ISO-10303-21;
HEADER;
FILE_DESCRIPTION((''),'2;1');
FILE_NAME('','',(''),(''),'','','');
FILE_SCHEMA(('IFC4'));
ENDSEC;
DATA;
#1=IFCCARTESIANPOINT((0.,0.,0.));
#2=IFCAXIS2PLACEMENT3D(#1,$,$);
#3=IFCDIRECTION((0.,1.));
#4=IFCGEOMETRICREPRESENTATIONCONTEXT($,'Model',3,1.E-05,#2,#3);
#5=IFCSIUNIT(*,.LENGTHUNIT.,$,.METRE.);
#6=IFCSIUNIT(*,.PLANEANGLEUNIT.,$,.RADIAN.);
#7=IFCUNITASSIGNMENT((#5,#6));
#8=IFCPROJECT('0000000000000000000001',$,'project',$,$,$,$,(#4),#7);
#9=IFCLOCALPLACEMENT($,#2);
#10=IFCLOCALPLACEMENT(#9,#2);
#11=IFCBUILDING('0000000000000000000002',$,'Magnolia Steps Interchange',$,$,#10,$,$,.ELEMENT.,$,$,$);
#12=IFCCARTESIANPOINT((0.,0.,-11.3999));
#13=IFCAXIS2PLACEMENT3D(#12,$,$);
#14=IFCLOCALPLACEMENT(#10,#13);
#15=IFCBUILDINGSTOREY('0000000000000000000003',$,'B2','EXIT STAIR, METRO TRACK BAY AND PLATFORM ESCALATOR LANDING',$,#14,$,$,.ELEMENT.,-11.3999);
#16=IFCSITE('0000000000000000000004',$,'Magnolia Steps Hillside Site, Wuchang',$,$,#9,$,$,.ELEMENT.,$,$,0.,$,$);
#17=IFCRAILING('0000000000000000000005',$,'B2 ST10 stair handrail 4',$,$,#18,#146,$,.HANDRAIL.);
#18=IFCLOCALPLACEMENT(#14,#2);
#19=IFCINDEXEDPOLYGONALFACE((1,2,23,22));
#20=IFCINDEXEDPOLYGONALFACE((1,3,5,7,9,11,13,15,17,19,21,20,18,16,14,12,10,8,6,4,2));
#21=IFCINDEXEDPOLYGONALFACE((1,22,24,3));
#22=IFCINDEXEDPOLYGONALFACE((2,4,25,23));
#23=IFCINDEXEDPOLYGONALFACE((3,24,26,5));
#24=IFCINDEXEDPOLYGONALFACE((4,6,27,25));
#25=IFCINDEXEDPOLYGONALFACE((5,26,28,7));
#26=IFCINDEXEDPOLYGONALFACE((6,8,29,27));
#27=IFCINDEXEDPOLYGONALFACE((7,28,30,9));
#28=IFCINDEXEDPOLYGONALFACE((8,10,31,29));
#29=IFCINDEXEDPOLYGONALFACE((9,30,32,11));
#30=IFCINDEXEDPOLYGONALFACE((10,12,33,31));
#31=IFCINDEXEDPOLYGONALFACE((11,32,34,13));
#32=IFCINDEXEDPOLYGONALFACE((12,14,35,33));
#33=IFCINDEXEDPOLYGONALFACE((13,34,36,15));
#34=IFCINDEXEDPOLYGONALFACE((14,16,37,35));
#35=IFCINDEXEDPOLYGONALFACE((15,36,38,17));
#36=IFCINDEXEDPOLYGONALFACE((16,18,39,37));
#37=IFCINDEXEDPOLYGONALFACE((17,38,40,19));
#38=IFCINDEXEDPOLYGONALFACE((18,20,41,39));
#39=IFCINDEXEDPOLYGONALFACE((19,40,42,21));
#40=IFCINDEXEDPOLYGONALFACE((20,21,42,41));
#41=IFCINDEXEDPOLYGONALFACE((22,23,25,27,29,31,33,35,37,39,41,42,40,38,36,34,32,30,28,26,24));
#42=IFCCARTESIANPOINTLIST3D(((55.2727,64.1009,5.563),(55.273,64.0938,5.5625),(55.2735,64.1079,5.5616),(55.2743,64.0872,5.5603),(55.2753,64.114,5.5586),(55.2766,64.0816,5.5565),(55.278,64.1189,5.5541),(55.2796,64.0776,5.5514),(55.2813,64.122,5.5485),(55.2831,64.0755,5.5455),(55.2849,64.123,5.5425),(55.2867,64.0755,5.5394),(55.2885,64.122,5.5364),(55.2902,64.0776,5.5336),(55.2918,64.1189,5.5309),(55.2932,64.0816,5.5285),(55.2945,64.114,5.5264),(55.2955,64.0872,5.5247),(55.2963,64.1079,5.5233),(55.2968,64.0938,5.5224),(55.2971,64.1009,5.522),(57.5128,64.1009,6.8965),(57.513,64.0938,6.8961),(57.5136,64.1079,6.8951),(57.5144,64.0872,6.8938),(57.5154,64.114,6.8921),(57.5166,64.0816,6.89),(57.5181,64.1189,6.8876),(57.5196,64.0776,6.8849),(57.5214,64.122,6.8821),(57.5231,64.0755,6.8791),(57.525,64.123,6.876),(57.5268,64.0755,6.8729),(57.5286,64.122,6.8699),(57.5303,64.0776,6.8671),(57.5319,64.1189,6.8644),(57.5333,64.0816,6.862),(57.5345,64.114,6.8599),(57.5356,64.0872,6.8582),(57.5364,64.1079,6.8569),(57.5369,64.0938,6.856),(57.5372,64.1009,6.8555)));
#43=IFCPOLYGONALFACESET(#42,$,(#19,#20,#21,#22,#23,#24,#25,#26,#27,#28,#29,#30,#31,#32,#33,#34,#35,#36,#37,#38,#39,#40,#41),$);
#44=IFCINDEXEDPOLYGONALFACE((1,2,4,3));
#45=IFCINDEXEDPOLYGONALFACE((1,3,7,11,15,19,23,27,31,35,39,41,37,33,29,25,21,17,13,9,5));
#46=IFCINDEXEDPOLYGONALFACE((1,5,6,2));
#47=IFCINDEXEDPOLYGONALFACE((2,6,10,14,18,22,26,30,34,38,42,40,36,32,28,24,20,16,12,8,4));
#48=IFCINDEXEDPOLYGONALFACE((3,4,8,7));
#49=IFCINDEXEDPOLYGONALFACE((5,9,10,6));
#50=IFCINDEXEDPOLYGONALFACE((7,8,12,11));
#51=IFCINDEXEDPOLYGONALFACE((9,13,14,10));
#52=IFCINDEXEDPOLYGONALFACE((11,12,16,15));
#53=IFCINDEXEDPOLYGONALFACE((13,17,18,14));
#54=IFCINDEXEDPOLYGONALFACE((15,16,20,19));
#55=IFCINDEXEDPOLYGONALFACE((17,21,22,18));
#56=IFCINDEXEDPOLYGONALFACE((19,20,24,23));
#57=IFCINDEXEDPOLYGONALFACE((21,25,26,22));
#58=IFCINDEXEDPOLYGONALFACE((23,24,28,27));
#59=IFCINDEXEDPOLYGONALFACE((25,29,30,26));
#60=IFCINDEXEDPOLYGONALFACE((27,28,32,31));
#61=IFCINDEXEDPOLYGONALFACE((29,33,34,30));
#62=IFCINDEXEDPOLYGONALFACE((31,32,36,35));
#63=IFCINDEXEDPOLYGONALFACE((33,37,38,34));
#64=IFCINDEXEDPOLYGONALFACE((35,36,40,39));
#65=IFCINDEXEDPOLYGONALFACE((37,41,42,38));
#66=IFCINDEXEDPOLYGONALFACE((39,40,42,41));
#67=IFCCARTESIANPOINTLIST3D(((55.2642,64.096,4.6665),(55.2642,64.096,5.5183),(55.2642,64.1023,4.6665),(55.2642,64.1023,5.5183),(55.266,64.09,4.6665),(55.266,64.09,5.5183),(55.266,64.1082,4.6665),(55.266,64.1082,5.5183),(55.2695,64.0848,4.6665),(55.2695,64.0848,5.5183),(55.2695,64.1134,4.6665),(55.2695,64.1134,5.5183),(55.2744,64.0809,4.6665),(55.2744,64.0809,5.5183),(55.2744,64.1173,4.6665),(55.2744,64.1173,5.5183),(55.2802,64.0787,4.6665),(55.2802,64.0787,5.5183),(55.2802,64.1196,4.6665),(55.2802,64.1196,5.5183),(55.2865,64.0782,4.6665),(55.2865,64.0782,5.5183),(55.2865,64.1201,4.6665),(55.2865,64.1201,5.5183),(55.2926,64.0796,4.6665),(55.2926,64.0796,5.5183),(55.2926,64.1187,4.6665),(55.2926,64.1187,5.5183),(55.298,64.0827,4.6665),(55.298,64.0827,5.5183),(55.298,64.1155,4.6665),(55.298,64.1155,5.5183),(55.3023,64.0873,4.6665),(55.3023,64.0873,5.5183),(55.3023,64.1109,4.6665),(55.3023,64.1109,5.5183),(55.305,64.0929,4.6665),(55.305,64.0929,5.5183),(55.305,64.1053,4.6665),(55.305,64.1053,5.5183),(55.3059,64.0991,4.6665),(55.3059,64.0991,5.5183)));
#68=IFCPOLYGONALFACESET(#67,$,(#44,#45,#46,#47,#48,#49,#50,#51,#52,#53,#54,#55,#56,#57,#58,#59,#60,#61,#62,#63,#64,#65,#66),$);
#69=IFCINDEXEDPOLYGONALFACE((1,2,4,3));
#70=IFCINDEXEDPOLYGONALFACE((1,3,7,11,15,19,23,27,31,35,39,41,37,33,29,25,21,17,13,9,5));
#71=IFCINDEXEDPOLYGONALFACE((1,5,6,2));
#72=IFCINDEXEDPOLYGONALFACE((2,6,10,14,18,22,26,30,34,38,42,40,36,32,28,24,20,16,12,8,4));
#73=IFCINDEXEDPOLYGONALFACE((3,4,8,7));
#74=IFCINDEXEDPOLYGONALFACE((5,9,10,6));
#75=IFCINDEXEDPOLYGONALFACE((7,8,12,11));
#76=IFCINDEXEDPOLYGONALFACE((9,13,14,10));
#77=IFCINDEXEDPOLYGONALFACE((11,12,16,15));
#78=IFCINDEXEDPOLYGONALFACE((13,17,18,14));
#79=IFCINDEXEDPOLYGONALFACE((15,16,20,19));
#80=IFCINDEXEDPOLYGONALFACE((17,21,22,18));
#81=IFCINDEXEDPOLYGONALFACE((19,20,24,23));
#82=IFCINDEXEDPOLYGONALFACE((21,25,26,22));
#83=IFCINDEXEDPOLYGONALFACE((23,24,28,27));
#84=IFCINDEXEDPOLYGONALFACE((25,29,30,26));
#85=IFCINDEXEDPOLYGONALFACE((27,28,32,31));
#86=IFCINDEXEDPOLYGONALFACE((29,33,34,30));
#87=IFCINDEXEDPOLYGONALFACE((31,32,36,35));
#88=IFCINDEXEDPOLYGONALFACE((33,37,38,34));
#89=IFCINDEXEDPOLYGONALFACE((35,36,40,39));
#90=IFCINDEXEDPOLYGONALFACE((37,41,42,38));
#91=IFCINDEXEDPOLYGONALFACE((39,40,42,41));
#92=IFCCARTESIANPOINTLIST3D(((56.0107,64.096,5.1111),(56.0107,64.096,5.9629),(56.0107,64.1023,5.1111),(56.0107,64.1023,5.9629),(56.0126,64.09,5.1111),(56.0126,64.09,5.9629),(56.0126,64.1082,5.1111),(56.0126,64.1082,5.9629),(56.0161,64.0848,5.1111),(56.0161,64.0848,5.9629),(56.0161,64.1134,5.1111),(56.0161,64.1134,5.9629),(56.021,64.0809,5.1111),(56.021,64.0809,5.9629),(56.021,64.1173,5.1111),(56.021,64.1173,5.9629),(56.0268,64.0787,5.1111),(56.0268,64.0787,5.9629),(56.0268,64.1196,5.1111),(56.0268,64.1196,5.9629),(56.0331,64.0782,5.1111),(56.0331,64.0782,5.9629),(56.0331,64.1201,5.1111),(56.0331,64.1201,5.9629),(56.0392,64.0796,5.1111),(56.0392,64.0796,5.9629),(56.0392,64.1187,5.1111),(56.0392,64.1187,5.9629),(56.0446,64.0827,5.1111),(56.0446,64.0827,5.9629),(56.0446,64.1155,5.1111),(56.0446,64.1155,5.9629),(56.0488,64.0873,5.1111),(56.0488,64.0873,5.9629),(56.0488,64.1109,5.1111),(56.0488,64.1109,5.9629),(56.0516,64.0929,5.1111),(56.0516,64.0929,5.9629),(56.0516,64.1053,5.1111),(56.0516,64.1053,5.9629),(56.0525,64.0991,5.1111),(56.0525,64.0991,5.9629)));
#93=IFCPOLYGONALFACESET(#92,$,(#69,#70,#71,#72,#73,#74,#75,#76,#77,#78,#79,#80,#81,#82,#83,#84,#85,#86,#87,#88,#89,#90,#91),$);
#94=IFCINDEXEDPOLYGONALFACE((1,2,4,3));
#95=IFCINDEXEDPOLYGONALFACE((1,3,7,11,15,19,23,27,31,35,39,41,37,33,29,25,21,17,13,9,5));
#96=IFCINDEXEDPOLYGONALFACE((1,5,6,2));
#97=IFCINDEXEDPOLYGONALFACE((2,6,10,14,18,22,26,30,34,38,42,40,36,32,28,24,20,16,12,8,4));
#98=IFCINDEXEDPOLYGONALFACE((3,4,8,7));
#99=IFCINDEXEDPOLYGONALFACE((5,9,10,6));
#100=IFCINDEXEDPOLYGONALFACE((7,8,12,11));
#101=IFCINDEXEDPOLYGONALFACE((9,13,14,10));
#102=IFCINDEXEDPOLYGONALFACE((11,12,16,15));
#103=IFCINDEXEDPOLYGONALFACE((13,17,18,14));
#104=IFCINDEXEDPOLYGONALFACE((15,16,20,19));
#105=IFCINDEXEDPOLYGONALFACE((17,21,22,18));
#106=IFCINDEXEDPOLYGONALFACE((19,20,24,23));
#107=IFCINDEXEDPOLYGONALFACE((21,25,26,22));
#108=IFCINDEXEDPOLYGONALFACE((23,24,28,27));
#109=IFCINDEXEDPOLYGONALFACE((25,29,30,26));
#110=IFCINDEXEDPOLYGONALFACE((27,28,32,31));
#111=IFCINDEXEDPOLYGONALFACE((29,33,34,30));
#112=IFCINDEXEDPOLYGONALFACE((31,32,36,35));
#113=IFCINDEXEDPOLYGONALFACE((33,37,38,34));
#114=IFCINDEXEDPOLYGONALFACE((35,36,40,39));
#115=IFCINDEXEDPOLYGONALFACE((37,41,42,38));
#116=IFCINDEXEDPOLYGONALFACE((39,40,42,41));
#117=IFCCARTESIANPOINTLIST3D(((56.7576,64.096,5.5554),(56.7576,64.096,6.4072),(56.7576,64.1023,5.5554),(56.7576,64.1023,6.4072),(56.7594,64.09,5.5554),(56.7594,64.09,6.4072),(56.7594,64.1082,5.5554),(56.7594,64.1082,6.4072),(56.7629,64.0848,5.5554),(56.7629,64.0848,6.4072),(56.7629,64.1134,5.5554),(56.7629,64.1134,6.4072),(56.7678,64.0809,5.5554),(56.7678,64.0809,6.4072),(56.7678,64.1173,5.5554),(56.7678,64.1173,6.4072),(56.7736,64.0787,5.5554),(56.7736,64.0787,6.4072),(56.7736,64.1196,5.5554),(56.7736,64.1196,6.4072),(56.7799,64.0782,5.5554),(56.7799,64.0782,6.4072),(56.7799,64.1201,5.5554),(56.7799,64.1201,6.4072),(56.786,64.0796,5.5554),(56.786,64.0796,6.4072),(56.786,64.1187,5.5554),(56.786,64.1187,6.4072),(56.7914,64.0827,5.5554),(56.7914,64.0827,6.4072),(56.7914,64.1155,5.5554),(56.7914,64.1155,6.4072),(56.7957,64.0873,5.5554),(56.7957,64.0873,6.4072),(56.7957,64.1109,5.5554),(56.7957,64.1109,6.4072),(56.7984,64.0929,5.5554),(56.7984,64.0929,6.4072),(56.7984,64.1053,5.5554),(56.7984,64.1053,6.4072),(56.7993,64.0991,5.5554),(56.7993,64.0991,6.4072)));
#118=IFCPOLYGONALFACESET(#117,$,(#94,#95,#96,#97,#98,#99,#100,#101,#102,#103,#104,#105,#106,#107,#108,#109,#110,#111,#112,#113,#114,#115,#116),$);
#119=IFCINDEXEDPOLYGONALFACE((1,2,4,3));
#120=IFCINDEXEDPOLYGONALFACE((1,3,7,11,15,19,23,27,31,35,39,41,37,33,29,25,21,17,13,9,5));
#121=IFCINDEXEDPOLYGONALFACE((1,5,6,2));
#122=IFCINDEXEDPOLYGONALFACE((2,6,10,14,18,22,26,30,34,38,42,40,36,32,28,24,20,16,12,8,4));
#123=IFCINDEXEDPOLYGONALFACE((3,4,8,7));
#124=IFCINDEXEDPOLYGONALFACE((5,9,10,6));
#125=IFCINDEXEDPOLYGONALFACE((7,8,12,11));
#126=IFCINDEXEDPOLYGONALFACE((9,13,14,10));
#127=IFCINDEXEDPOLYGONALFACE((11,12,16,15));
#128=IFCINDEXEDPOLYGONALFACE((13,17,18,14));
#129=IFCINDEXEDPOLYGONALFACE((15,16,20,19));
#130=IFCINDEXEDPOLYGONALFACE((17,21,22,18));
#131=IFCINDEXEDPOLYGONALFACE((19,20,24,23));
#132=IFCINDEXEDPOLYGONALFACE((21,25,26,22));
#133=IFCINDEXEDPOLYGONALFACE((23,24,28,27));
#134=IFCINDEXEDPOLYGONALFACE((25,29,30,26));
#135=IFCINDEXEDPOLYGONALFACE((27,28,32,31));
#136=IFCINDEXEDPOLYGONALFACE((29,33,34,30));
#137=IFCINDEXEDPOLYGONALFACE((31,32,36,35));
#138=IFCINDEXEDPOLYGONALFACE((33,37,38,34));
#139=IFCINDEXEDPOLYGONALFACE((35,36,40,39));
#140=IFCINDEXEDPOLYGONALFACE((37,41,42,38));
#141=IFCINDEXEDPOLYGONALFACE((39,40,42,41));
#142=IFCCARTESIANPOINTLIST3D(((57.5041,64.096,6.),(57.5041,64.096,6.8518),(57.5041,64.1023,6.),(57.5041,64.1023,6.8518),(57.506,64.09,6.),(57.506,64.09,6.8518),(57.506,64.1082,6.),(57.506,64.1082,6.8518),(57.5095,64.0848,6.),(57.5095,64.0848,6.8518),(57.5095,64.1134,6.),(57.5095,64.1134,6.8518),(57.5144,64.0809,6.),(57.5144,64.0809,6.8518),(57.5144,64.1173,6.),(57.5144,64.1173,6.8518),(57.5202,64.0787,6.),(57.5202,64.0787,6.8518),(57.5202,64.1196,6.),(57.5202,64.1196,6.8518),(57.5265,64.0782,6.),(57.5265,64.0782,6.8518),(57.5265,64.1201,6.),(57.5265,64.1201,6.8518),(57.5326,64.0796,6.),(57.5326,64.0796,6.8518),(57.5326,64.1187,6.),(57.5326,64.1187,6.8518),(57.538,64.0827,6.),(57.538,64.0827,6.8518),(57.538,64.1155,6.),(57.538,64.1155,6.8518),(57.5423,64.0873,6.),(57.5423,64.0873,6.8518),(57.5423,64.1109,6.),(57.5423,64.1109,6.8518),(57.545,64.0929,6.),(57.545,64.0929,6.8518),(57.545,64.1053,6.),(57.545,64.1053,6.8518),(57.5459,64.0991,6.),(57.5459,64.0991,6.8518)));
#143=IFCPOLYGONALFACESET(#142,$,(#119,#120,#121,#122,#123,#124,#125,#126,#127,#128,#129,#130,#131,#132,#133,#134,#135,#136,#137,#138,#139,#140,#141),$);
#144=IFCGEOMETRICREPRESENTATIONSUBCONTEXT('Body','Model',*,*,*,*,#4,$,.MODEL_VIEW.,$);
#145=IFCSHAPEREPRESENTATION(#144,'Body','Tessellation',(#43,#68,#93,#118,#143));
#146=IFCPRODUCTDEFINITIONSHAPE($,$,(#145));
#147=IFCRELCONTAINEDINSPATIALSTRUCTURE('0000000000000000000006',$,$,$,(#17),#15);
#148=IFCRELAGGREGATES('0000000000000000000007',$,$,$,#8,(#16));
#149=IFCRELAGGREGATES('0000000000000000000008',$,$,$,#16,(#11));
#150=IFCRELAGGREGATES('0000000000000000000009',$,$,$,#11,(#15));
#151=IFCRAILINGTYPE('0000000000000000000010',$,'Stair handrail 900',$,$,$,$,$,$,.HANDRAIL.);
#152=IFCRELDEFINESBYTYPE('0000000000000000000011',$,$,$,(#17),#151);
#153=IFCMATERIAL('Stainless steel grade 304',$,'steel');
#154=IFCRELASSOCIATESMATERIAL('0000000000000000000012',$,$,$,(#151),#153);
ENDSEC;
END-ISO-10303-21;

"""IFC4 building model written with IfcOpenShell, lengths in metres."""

from ifc_helpers import new_model, si_unit, direction, frame, origin, origin_2d, place, context, subcontext, project, spatial, circle, extrude, material, type_object, element, save


model = new_model("IFC4")

# Units and contexts
model_context = context("Model", 3, precision=1e-05, world=origin(), true_north=direction((0.0, 1.0)))
body_context = subcontext(model_context, "Body", "Model", "MODEL_VIEW")
ifc_project = project(units=[si_unit("LENGTHUNIT", "METRE"), si_unit("PLANEANGLEUNIT", "RADIAN")], contexts=[model_context])

# Site, building, storey
site_placement = place(None, origin())
site = spatial("IfcSite", under=ifc_project, at=site_placement, Name="Magnolia Steps Hillside Site, Wuchang", CompositionType="ELEMENT", RefElevation=0.0)
building_placement = place(site_placement, origin())
building = spatial("IfcBuilding", under=site, at=building_placement, Name="Magnolia Steps Interchange", CompositionType="ELEMENT")
storey_placement = place(building_placement, frame((0.0, 0.0, -11.3999)))
storey = spatial("IfcBuildingStorey", under=building, at=storey_placement, Name="B2", Description="EXIT STAIR, METRO TRACK BAY AND PLATFORM ESCALATOR LANDING", CompositionType="ELEMENT", Elevation=-11.3999)

# Railing
ifc_material_1 = material(Name="Stainless steel grade 304", Category="steel")
railing_type_1 = type_object("IfcRailingType", Name="Stair handrail 900", PredefinedType="HANDRAIL", material=ifc_material_1)
for number, where, name in (
    (1, (55.2849, 64.0991, 4.6665), "B2 ST10 stair handrail 4"),
):
    element("IfcRailing", number, at=place(storey_placement, frame(where)), inside=storey, type_object=railing_type_1, Name=name, PredefinedType="HANDRAIL", context=body_context, shape_type="SweptSolid", body=[
        extrude(circle(Radius=0.0239, at=origin_2d()), frame((0.0, 0.0, 0.876), z_axis=(0.859264, 0.0, 0.511532), x_axis=(0.0, 1.0, 0.0)), (0.0, 0.0, 1.0), 2.6069),
        extrude(circle(Radius=0.021, at=origin_2d()), origin(), (0.0, 0.0, 1.0), 0.8518),
        extrude(circle(Radius=0.021, at=origin_2d()), frame((0.7466, 0.0, 0.4446)), (0.0, 0.0, 1.0), 0.8518),
        extrude(circle(Radius=0.021, at=origin_2d()), frame((1.4934, 0.0, 0.8889)), (0.0, 0.0, 1.0), 0.8518),
        extrude(circle(Radius=0.021, at=origin_2d()), frame((2.24, 0.0, 1.3335)), (0.0, 0.0, 1.0), 0.8518),
    ])

save(model, "model.ifc")
